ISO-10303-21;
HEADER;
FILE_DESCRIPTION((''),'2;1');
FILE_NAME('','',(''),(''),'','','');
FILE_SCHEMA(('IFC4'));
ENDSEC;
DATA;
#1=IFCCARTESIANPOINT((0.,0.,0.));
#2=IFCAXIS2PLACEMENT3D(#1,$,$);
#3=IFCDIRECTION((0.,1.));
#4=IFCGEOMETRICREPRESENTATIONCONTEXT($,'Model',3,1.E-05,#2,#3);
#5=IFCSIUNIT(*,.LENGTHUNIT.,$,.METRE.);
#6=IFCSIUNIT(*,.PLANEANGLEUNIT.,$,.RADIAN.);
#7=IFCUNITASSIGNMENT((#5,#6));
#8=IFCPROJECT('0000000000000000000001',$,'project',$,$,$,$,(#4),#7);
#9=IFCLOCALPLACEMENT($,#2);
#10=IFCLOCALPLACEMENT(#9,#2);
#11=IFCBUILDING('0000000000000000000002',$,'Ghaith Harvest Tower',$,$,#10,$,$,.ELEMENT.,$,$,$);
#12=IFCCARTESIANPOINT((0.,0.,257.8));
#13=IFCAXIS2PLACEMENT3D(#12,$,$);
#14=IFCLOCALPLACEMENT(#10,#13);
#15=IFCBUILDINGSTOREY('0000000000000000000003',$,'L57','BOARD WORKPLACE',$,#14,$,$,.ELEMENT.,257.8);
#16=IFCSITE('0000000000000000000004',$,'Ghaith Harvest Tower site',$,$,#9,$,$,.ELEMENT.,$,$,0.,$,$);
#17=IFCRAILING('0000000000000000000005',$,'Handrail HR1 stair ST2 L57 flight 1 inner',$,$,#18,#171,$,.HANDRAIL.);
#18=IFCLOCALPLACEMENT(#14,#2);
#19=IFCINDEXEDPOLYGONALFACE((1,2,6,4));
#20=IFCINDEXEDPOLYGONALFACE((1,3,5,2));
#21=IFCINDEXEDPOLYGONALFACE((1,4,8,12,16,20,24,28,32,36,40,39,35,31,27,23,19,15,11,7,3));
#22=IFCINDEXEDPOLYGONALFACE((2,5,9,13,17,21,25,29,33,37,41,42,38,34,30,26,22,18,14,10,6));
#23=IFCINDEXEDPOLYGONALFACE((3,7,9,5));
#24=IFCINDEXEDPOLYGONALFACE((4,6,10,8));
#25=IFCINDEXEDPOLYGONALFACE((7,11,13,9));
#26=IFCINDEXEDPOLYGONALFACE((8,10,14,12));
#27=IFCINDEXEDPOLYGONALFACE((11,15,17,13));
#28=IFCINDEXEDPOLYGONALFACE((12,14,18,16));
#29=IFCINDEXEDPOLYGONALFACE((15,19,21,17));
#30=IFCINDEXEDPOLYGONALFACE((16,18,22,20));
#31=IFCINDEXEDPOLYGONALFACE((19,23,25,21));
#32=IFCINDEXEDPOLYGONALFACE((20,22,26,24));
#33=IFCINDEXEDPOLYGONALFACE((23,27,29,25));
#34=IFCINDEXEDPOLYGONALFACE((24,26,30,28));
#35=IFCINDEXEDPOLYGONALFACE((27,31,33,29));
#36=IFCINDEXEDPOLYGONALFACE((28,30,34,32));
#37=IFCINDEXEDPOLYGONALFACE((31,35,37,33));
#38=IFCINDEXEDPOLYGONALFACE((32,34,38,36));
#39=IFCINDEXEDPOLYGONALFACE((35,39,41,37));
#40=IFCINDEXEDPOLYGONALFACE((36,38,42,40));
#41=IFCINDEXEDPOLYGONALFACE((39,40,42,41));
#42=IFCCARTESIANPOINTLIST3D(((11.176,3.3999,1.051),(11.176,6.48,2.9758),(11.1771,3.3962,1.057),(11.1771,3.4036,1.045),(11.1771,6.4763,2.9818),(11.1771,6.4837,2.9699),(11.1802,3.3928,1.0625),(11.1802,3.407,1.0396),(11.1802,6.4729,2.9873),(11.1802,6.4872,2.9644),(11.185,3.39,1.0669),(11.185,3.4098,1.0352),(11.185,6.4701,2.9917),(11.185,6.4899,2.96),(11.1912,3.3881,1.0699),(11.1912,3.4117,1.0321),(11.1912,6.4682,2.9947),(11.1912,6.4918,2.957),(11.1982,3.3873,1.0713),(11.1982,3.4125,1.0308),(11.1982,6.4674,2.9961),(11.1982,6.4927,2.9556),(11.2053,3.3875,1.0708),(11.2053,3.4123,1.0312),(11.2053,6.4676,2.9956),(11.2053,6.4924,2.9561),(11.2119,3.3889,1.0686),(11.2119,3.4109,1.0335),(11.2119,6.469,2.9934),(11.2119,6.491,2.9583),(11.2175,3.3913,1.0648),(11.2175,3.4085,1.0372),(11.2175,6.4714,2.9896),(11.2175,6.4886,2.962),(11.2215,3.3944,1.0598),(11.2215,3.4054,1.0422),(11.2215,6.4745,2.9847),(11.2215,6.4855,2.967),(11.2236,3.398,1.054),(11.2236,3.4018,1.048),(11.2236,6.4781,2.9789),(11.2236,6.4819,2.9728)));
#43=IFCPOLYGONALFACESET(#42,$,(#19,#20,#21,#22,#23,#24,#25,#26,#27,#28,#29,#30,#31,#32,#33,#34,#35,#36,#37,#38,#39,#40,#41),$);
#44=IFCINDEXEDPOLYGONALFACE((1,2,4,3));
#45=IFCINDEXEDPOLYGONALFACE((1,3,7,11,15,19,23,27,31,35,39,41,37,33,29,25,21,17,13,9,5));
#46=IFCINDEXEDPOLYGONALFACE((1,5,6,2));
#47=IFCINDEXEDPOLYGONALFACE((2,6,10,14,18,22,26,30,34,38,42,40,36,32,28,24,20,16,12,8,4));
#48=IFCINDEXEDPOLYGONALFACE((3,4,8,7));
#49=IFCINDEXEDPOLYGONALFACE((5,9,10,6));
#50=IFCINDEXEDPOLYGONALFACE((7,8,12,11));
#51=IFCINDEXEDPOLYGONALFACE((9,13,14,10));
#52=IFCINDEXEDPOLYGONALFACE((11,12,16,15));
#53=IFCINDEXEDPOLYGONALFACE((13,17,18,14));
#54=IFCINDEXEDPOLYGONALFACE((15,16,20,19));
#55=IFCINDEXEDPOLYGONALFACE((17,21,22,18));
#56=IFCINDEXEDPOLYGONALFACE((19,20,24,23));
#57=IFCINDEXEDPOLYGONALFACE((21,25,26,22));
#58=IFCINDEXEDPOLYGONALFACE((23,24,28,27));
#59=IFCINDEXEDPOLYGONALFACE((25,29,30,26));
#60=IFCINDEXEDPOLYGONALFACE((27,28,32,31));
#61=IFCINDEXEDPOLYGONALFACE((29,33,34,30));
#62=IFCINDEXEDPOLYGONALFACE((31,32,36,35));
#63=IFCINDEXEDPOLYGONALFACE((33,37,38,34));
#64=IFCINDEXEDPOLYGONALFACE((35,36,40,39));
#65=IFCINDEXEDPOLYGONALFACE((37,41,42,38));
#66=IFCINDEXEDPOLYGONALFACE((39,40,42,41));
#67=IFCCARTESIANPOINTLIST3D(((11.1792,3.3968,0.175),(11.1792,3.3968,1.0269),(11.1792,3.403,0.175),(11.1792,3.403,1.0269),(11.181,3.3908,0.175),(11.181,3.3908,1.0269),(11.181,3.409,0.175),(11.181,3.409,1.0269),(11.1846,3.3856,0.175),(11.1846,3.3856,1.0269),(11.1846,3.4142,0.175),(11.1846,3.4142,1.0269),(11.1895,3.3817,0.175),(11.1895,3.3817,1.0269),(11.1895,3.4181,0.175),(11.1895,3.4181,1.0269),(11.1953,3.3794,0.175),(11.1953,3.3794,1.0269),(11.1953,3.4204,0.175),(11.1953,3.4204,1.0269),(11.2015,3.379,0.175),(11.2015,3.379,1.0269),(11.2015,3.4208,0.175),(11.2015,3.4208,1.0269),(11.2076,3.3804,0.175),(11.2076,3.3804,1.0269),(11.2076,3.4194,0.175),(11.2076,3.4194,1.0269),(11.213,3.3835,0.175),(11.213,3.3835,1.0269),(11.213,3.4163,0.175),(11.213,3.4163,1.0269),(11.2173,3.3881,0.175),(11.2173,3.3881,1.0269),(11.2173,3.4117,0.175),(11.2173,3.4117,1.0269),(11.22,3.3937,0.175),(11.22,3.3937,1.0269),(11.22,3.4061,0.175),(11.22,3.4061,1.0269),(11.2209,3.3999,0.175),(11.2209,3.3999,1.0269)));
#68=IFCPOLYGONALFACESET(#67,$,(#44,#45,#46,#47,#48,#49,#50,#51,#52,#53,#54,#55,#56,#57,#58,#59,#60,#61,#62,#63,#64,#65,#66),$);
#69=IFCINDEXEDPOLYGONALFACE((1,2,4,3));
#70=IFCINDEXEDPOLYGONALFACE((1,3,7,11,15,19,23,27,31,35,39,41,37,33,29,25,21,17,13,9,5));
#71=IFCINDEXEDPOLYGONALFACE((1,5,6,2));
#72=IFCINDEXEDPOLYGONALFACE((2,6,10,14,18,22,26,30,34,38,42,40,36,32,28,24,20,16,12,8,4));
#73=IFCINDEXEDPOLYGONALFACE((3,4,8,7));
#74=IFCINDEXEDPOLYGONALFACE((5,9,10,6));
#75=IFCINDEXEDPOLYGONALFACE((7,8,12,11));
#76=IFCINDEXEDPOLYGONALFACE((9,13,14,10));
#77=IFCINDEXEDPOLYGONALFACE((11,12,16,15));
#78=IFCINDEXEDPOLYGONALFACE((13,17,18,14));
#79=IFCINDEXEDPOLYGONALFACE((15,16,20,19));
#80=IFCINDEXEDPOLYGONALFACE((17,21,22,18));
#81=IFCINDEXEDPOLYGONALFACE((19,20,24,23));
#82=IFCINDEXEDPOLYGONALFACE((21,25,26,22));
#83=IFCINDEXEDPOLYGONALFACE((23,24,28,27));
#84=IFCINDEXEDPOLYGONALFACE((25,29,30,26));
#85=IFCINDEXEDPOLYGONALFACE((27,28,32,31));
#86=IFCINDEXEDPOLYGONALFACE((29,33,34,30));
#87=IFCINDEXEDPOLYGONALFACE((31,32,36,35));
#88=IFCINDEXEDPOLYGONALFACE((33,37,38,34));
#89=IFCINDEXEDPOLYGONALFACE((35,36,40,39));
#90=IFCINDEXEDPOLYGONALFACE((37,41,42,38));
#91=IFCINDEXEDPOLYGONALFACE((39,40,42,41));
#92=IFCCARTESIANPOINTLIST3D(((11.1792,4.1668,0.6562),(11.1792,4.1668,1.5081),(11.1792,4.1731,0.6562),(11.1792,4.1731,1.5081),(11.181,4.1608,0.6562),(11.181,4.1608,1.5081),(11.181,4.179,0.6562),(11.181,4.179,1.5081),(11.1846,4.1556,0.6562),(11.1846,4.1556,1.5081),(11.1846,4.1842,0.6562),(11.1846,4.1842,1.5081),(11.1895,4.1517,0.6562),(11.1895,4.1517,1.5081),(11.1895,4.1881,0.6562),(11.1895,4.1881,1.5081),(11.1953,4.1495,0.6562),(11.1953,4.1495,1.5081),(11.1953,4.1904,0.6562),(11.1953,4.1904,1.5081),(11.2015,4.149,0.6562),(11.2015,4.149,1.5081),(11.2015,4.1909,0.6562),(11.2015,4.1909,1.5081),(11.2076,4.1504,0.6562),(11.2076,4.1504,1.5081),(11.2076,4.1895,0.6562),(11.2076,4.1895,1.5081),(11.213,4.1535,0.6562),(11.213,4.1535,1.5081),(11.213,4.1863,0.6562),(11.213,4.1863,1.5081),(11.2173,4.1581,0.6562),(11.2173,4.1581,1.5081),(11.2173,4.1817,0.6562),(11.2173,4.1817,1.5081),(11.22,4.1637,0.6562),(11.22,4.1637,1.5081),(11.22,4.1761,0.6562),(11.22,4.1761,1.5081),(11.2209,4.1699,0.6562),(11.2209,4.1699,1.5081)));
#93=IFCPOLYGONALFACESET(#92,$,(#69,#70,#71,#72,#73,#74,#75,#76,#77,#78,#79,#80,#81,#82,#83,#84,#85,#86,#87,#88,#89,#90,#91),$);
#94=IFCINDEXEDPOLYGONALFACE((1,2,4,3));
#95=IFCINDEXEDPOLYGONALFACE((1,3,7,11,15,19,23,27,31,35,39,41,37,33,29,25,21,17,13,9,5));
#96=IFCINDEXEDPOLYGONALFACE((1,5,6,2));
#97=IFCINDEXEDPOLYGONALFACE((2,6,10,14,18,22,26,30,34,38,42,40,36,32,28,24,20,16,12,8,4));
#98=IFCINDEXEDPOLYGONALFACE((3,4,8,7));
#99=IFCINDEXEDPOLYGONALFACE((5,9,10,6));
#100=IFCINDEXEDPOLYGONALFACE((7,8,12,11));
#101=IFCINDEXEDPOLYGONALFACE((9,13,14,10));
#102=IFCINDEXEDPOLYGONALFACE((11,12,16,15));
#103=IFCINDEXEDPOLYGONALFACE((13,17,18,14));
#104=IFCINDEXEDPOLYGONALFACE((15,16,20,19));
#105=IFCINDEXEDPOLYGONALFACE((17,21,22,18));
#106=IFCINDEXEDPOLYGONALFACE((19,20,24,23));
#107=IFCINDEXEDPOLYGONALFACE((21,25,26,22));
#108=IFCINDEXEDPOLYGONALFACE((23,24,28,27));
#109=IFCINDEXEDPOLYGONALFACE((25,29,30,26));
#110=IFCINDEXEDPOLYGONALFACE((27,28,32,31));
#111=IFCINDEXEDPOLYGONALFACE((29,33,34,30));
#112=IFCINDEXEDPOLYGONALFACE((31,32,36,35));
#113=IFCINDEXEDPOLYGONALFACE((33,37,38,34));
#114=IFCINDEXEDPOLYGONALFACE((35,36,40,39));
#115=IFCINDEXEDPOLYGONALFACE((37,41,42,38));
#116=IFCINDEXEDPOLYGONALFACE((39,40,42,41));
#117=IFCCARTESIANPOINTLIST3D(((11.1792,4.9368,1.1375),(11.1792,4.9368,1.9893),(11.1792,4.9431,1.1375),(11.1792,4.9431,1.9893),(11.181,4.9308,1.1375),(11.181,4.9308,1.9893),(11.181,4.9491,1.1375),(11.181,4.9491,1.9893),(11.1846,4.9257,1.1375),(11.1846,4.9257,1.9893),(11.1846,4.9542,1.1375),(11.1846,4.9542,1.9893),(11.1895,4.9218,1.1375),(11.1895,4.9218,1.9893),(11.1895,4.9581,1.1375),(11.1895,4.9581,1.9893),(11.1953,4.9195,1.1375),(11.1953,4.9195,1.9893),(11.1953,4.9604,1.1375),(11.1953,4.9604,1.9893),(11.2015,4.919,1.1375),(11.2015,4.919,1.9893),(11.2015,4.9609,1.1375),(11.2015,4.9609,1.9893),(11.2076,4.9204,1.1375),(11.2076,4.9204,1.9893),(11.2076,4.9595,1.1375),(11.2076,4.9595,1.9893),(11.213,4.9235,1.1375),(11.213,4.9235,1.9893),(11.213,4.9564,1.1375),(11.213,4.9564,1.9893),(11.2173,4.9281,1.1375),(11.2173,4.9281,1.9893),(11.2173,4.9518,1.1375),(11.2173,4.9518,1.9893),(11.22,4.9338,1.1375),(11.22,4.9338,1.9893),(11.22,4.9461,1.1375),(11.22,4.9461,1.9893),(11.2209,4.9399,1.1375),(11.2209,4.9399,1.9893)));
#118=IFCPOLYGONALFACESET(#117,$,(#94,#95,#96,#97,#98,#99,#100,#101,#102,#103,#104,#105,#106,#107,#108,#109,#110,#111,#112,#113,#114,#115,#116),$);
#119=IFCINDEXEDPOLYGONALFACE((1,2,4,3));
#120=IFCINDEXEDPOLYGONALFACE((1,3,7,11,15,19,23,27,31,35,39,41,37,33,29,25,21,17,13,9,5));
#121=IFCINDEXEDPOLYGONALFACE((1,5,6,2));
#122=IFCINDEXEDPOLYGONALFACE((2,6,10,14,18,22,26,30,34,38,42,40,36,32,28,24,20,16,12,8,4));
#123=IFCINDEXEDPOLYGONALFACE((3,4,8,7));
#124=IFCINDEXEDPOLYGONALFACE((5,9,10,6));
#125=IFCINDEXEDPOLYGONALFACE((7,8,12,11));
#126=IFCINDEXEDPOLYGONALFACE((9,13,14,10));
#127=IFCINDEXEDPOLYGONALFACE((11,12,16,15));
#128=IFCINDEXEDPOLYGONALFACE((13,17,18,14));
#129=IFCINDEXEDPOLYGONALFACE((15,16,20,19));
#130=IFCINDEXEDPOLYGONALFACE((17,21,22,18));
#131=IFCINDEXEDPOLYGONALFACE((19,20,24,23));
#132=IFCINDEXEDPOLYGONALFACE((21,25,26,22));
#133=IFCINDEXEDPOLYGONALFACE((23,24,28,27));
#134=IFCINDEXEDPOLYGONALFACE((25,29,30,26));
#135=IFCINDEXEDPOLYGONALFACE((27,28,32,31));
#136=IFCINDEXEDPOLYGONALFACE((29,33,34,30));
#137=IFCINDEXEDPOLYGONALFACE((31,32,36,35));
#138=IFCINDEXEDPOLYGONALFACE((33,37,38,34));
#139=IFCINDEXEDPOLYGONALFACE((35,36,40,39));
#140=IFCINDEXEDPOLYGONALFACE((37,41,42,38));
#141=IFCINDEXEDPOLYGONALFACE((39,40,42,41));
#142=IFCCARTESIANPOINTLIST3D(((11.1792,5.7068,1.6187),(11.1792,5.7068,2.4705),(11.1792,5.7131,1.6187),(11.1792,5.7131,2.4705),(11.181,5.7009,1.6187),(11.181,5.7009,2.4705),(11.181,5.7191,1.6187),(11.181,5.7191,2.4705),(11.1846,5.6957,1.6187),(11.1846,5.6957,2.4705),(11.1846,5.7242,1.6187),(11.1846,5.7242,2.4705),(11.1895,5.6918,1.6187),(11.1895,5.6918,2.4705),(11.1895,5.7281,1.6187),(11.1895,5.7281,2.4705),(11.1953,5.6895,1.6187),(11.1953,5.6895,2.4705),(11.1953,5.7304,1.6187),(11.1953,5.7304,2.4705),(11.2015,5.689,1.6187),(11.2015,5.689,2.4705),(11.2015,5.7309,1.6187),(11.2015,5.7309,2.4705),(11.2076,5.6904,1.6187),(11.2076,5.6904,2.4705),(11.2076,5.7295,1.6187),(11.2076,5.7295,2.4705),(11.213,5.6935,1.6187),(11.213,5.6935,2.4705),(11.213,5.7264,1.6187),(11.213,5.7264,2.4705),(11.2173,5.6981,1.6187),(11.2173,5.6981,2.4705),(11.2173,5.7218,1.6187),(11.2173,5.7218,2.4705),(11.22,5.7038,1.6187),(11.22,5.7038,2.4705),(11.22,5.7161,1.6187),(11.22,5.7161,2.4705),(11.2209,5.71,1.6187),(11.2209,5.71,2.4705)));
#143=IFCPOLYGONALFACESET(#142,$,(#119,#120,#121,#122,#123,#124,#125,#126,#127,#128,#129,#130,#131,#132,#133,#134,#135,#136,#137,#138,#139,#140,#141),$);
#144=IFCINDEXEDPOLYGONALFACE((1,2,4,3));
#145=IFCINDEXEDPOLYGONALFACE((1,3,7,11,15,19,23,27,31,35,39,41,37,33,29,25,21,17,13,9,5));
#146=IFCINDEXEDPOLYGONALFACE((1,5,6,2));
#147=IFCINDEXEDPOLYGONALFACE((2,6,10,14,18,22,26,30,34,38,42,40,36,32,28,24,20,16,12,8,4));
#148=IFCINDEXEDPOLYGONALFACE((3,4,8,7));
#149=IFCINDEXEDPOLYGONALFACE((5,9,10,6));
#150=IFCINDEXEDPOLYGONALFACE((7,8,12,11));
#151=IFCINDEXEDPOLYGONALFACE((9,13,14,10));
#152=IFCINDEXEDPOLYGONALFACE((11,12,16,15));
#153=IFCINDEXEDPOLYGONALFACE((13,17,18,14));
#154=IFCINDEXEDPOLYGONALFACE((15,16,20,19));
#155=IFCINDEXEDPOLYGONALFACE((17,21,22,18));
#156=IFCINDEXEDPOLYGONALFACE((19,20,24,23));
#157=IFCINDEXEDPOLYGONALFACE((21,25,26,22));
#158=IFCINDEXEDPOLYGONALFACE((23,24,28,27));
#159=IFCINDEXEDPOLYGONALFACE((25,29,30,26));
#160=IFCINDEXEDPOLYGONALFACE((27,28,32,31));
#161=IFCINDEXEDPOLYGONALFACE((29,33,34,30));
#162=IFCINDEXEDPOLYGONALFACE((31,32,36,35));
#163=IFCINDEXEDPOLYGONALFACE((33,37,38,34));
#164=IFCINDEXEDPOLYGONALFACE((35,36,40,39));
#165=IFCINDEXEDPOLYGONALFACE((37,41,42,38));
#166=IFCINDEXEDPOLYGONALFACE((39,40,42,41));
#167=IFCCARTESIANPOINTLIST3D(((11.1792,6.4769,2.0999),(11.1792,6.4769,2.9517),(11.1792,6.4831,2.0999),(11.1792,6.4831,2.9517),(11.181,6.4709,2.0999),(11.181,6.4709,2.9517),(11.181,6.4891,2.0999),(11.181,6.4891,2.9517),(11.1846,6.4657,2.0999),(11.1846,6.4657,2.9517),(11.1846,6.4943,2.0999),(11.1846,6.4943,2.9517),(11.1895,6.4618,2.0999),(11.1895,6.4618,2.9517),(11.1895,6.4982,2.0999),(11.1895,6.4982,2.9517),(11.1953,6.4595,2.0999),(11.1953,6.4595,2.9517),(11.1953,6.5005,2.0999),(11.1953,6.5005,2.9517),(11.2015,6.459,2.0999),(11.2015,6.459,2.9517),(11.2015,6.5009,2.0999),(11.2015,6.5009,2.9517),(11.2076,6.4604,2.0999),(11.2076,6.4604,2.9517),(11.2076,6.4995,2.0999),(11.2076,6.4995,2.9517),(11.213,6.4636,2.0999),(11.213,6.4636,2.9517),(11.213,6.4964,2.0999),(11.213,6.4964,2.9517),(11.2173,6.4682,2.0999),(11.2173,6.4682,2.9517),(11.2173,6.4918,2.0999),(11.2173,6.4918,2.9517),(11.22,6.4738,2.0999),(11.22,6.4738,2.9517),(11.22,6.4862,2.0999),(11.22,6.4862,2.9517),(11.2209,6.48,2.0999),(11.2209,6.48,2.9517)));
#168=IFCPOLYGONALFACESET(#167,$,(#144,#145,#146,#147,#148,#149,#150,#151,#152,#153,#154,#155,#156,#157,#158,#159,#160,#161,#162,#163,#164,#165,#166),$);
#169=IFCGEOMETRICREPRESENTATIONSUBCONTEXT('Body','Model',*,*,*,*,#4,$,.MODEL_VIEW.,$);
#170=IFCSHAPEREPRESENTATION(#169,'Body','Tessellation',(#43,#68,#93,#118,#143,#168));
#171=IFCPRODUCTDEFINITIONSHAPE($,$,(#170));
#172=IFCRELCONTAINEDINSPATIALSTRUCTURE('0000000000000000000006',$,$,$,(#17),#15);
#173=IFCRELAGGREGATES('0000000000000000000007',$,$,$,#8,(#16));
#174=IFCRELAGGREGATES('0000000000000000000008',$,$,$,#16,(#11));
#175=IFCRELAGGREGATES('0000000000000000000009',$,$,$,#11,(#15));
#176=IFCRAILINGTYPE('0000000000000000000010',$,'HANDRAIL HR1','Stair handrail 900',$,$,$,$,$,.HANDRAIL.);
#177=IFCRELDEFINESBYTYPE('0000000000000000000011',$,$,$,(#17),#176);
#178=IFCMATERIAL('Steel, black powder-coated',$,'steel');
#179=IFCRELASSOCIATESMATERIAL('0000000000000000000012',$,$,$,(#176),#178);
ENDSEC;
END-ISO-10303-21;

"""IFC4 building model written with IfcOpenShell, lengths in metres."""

from ifc_helpers import new_model, si_unit, direction, frame, origin, origin_2d, place, context, subcontext, project, spatial, circle, extrude, material, type_object, element, save


model = new_model("IFC4")

# Units and contexts
model_context = context("Model", 3, precision=1e-05, world=origin(), true_north=direction((0.0, 1.0)))
body_context = subcontext(model_context, "Body", "Model", "MODEL_VIEW")
ifc_project = project(units=[si_unit("LENGTHUNIT", "METRE"), si_unit("PLANEANGLEUNIT", "RADIAN")], contexts=[model_context])

# Site, building, storey
site_placement = place(None, origin())
site = spatial("IfcSite", under=ifc_project, at=site_placement, Name="Ghaith Harvest Tower site", CompositionType="ELEMENT", RefElevation=0.0)
building_placement = place(site_placement, origin())
building = spatial("IfcBuilding", under=site, at=building_placement, Name="Ghaith Harvest Tower", CompositionType="ELEMENT")
storey_placement = place(building_placement, frame((0.0, 0.0, 257.8)))
storey = spatial("IfcBuildingStorey", under=building, at=storey_placement, Name="L57", Description="BOARD WORKPLACE", CompositionType="ELEMENT", Elevation=257.8)

# Railing
ifc_material_1 = material(Name="Steel, black powder-coated", Category="steel")
railing_type = type_object("IfcRailingType", Name="HANDRAIL HR1", Description="Stair handrail 900", PredefinedType="HANDRAIL", material=ifc_material_1)
railing_1_placement = place(storey_placement, frame((11.2, 3.3999, 0.175)))
element("IfcRailing", 1, at=railing_1_placement, inside=storey, type_object=railing_type, Name="Handrail HR1 stair ST2 L57 flight 1 inner", PredefinedType="HANDRAIL", context=body_context, shape_type="SweptSolid", body=[
    extrude(circle(Radius=0.0239, at=origin_2d()), frame((0.0, 0.0, 0.876), z_axis=(0.0, 0.848029, 0.529951), x_axis=(-1.0, 0.0, 0.0)), (0.0, 0.0, 1.0), 3.6321),
    extrude(circle(Radius=0.021, at=origin_2d()), origin(), (0.0, 0.0, 1.0), 0.8518),
    extrude(circle(Radius=0.021, at=origin_2d()), frame((0.0, 0.77, 0.4812)), (0.0, 0.0, 1.0), 0.8518),
    extrude(circle(Radius=0.021, at=origin_2d()), frame((0.0, 1.54, 0.9624)), (0.0, 0.0, 1.0), 0.8518),
    extrude(circle(Radius=0.021, at=origin_2d()), frame((0.0, 2.3101, 1.4436)), (0.0, 0.0, 1.0), 0.8518),
    extrude(circle(Radius=0.021, at=origin_2d()), frame((0.0, 3.0801, 1.9248)), (0.0, 0.0, 1.0), 0.8518),
])

save(model, "model.ifc")
